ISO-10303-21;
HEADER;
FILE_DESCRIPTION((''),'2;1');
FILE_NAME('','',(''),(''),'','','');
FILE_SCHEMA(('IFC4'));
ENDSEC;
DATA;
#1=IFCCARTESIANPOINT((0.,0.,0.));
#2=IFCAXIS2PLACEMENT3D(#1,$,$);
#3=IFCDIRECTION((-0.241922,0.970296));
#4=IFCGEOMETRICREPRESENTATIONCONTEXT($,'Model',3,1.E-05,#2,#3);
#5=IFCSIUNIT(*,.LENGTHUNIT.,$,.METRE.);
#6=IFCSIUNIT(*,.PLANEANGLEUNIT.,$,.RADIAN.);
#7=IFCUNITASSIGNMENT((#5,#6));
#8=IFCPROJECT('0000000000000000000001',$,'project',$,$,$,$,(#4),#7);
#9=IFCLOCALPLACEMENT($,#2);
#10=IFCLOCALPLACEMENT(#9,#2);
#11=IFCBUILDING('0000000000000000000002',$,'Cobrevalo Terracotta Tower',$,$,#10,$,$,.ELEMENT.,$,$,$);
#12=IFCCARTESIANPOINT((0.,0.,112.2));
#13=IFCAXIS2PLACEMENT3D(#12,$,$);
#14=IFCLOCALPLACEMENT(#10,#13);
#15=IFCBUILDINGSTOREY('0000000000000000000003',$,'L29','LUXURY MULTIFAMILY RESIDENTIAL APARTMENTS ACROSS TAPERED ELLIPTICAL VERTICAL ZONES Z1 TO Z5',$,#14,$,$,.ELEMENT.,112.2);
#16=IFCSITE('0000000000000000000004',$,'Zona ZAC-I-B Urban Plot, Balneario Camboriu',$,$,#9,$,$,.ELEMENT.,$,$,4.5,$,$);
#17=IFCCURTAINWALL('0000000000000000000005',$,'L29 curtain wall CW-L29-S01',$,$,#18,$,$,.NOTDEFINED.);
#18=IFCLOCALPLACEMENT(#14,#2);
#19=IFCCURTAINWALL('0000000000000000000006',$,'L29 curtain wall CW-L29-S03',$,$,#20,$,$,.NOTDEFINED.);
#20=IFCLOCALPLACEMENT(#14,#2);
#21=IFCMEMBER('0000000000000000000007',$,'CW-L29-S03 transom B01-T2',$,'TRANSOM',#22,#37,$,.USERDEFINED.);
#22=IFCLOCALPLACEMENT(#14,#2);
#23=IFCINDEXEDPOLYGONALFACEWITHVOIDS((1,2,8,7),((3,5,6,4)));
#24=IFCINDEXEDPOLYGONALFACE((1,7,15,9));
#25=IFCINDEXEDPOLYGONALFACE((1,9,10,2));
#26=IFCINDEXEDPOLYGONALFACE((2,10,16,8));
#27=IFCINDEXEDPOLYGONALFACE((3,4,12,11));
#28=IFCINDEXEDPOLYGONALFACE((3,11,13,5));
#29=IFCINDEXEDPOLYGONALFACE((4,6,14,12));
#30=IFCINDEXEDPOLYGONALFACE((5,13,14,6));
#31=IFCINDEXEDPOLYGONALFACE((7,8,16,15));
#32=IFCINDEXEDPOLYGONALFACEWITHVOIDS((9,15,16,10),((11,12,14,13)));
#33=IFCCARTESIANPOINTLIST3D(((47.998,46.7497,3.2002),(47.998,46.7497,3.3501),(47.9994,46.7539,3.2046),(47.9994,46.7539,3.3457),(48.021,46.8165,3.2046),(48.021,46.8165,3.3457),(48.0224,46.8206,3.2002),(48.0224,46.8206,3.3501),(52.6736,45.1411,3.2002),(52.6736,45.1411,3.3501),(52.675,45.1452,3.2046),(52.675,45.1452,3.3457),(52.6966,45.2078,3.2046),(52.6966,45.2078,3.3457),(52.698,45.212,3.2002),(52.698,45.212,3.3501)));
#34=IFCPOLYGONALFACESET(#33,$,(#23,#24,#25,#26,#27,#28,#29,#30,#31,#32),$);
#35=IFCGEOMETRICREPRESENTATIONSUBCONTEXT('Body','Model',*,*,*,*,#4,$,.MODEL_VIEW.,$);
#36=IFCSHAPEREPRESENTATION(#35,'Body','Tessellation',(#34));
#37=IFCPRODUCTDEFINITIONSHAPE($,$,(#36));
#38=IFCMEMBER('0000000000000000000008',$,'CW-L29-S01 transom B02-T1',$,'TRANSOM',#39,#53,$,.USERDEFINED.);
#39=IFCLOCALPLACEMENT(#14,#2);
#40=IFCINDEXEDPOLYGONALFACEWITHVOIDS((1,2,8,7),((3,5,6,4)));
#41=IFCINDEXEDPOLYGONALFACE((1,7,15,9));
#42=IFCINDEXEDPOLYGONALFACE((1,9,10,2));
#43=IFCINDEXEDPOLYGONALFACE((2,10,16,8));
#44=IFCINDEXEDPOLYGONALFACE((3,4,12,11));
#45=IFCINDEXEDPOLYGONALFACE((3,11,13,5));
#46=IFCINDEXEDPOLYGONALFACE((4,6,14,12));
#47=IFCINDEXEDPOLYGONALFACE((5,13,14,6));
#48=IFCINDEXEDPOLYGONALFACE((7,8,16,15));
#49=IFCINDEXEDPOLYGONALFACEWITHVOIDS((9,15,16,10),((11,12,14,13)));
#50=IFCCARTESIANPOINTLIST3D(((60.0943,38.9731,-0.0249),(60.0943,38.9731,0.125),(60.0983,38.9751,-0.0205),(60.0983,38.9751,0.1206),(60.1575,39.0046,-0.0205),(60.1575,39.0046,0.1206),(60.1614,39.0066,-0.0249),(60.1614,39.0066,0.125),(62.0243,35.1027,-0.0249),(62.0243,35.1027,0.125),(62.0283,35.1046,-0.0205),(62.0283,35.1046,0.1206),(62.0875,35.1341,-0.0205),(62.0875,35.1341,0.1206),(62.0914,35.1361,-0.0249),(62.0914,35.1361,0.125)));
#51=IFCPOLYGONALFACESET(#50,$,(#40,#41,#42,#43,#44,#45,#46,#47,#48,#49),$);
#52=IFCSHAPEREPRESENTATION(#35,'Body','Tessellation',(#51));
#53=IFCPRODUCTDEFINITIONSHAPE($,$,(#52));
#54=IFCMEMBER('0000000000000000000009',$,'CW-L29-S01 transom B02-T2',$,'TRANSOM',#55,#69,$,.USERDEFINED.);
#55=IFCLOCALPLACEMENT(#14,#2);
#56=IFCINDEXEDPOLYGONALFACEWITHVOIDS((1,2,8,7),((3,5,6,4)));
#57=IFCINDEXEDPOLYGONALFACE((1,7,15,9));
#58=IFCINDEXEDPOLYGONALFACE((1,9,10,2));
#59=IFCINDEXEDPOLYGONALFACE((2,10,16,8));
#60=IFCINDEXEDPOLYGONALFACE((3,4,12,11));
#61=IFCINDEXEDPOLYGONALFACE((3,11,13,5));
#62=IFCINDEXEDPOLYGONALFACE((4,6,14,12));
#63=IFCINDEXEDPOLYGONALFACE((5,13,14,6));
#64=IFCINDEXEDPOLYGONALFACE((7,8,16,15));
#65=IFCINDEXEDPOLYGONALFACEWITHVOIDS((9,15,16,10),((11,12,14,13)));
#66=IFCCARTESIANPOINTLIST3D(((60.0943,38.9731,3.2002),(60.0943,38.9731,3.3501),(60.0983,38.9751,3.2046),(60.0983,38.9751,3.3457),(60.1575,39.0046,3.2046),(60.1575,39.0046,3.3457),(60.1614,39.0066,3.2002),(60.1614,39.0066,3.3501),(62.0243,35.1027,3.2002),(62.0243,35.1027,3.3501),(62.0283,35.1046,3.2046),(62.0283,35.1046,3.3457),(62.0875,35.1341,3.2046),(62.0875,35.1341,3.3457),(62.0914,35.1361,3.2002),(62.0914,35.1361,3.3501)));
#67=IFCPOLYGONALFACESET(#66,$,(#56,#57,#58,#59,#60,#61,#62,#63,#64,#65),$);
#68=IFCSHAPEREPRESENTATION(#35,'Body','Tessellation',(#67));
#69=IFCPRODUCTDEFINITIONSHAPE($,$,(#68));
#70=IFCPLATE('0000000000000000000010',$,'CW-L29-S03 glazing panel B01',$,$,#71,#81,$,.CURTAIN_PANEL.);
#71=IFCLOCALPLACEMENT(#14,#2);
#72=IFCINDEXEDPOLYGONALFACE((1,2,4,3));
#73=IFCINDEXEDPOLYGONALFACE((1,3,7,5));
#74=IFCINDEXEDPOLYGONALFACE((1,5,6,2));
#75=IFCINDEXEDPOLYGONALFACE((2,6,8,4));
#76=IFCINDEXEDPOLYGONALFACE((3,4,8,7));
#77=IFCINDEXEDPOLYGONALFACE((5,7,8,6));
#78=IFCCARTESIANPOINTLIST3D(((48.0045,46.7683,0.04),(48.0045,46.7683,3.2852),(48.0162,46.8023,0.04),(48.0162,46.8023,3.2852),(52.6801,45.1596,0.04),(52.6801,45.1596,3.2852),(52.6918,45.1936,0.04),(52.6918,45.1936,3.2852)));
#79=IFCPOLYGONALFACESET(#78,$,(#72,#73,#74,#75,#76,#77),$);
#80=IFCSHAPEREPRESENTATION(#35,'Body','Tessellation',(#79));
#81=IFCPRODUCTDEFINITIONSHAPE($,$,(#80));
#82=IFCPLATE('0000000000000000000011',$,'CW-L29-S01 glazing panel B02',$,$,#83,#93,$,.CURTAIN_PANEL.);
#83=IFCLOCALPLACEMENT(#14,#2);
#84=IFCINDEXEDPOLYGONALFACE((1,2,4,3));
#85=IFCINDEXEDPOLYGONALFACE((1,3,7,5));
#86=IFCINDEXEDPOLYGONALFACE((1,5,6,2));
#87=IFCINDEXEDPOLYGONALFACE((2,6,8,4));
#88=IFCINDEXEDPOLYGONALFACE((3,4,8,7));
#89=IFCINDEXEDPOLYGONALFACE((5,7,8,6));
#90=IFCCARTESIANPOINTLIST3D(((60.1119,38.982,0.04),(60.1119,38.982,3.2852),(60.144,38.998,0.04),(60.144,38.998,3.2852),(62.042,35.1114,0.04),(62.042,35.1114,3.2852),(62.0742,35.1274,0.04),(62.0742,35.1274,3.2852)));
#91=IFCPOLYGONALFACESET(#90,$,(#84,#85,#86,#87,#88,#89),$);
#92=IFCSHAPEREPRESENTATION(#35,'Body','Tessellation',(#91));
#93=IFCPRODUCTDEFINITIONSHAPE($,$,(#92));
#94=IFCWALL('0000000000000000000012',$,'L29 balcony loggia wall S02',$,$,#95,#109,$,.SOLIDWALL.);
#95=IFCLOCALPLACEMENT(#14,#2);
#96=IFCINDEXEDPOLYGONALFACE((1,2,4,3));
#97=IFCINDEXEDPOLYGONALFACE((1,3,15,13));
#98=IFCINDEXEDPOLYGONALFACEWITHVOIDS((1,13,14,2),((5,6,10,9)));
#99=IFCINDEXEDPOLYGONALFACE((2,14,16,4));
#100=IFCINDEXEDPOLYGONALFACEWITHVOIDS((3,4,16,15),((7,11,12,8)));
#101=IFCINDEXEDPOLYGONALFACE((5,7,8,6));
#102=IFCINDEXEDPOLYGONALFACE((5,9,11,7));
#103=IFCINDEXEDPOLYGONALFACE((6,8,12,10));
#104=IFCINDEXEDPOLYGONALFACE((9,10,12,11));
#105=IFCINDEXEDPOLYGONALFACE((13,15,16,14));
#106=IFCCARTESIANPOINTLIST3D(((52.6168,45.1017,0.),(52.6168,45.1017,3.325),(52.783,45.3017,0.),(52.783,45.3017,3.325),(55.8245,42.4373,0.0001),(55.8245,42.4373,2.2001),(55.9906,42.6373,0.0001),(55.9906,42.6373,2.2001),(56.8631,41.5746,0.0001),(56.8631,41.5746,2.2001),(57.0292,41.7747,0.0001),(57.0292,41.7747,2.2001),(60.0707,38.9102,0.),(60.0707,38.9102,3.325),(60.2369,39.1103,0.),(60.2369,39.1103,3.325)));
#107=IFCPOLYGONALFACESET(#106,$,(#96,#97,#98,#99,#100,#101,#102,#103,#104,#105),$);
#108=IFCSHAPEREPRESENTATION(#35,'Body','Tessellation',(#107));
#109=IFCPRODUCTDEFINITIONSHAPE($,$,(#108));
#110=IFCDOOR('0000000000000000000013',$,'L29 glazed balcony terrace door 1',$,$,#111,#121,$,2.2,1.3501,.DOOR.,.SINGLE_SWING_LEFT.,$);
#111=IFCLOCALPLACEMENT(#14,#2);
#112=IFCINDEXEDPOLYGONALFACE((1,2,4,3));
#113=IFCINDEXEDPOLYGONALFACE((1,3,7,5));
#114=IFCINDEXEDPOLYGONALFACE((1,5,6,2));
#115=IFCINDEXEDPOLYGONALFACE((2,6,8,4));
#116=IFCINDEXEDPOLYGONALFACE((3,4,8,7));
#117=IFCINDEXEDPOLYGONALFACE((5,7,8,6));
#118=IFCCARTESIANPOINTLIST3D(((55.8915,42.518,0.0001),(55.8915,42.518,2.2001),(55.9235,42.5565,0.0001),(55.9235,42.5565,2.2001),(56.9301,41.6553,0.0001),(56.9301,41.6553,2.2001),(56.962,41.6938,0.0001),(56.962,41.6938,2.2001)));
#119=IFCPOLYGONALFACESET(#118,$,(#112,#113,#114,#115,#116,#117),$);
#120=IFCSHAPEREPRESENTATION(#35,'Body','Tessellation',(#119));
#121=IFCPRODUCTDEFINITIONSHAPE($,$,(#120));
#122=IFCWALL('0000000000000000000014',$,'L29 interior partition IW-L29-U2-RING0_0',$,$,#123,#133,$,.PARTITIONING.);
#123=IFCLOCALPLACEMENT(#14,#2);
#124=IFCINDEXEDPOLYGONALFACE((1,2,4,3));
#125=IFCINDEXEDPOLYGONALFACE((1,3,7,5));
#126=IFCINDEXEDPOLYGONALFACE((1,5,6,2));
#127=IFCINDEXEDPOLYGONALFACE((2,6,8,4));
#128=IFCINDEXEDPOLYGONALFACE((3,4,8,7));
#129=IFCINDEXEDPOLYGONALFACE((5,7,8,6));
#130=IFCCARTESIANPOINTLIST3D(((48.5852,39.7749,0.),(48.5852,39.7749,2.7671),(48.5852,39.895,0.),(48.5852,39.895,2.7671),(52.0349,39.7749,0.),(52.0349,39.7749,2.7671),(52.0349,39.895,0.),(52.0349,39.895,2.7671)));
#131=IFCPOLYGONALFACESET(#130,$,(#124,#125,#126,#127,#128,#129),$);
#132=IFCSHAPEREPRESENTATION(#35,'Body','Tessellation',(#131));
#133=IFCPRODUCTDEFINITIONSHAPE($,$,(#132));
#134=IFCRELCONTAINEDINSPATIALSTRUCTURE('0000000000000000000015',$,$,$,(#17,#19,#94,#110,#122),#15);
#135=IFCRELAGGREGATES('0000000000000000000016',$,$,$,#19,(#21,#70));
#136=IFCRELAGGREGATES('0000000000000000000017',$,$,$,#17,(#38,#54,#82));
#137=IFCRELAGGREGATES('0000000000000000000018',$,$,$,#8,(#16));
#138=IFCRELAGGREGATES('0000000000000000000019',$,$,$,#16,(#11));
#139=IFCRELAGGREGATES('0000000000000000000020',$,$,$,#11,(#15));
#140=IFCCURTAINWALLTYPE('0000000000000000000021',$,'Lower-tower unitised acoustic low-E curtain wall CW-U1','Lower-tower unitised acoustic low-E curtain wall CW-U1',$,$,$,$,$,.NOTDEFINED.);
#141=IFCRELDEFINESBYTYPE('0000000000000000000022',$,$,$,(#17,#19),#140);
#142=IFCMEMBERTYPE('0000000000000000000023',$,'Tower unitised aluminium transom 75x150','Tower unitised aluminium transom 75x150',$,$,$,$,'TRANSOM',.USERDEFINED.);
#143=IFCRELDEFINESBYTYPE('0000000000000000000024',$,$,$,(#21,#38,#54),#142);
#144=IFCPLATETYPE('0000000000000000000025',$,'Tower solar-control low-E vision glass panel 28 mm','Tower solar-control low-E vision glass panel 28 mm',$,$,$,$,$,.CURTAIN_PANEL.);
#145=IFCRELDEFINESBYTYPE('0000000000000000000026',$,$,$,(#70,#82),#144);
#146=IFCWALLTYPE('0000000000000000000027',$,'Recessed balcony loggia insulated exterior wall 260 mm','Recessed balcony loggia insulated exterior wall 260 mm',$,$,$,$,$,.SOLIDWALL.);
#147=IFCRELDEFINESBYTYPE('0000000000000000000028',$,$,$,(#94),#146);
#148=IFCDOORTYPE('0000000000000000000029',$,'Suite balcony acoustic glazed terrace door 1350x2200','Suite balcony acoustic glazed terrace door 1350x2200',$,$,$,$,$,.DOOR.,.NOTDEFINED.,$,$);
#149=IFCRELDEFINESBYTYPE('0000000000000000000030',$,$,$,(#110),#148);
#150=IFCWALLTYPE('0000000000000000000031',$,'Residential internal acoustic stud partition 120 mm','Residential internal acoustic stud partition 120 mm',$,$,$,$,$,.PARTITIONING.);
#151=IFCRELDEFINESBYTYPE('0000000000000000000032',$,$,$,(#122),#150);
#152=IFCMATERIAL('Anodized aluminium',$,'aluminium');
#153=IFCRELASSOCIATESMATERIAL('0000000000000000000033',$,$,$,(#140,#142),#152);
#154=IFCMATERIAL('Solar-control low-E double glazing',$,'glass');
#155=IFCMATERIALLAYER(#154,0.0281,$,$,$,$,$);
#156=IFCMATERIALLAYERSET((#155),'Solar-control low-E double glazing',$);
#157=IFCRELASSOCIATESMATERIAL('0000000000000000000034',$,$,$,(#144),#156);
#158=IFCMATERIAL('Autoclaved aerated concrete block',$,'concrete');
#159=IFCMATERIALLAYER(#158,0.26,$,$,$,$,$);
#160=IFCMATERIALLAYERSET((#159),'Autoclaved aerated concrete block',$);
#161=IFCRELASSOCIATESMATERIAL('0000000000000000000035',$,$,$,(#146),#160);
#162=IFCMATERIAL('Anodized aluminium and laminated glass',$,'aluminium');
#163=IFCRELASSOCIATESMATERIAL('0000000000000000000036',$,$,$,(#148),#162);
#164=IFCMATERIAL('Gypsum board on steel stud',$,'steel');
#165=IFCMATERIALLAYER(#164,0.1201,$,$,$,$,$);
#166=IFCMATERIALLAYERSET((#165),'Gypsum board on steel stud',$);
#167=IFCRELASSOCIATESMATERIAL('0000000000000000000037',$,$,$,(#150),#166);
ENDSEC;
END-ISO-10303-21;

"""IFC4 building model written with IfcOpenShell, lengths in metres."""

from ifc_helpers import new_model, si_unit, direction, frame, frame_2d, origin, origin_2d, place, context, subcontext, project, spatial, rectangle, hollow_rectangle, extrude, source, transform, mapped, material, layer, layer_set, material_profile, profile_set, type_object, element, fill, aggregate, save


model = new_model("IFC4")

# Units and contexts
model_context = context("Model", 3, precision=1e-05, world=origin(), true_north=direction((-0.241922, 0.970296)))
body_context = subcontext(model_context, "Body", "Model", "MODEL_VIEW")
ifc_project = project(units=[si_unit("LENGTHUNIT", "METRE"), si_unit("PLANEANGLEUNIT", "RADIAN")], contexts=[model_context])

# Site, building, storey
site_placement = place(None, origin())
site = spatial("IfcSite", under=ifc_project, at=site_placement, Name="Zona ZAC-I-B Urban Plot, Balneario Camboriu", CompositionType="ELEMENT", RefElevation=4.5)
building_placement = place(site_placement, origin())
building = spatial("IfcBuilding", under=site, at=building_placement, Name="Cobrevalo Terracotta Tower", CompositionType="ELEMENT")
storey_placement = place(building_placement, frame((0.0, 0.0, 112.2)))
storey = spatial("IfcBuildingStorey", under=building, at=storey_placement, Name="L29", Description="LUXURY MULTIFAMILY RESIDENTIAL APARTMENTS ACROSS TAPERED ELLIPTICAL VERTICAL ZONES Z1 TO Z5", CompositionType="ELEMENT", Elevation=112.2)

# Curtain wall
ifc_material_1 = material(Name="Anodized aluminium", Category="aluminium")
curtain_wall_type = type_object("IfcCurtainWallType", Name="Lower-tower unitised acoustic low-E curtain wall CW-U1", Description="Lower-tower unitised acoustic low-E curtain wall CW-U1", PredefinedType="NOTDEFINED", material=ifc_material_1)
curtain_wall_1_placement = place(storey_placement, origin())
curtain_wall_1 = element("IfcCurtainWall", 1, at=curtain_wall_1_placement, inside=storey, type_object=curtain_wall_type, Name="L29 curtain wall CW-L29-S01", PredefinedType="NOTDEFINED")

# Curtain wall, member
curtain_wall_2_placement = place(storey_placement, origin())
curtain_wall_2 = element("IfcCurtainWall", 2, at=curtain_wall_2_placement, inside=storey, type_object=curtain_wall_type, Name="L29 curtain wall CW-L29-S03", PredefinedType="NOTDEFINED")
ifc_material_profile_1 = material_profile(ifc_material_1, hollow_rectangle(XDim=0.075, YDim=0.1499, WallThickness=0.0044, at=origin_2d()), Name="CWT 75x150")
ifc_profile_set_1 = profile_set([ifc_material_profile_1], Name="Anodized aluminium")
member_type_1 = type_object("IfcMemberType", Name="Tower unitised aluminium transom 75x150", Description="Tower unitised aluminium transom 75x150", ElementType="TRANSOM", PredefinedType="USERDEFINED", material=ifc_profile_set_1)
shared_shape_1 = source(origin(), body_context, "Body", "SweptSolid", [
    extrude(hollow_rectangle(XDim=0.075, YDim=0.1499, WallThickness=0.0044, at=origin_2d()), origin(), (0.0, 0.0, 1.0), 4.9446),
])
member_1_placement = place(storey_placement, frame((52.6858, 45.1765, 3.2751), z_axis=(-0.945598, 0.325338, 0.0), x_axis=(-0.325338, -0.945598, 0.0)))
member_1 = element("IfcMember", 3, at=member_1_placement, type_object=member_type_1, Name="CW-L29-S03 transom B01-T2", ObjectType="TRANSOM", PredefinedType="USERDEFINED", context=body_context, shape_type="MappedRepresentation", body=[
    mapped(shared_shape_1, transform((0.0, 0.0, 0.0), scale=1.0)),
])

# Members
shared_shape_2 = source(origin(), body_context, "Body", "SweptSolid", [
    extrude(hollow_rectangle(XDim=0.075, YDim=0.1499, WallThickness=0.0044, at=origin_2d()), origin(), (0.0, 0.0, 1.0), 4.325),
])
member_2_placement = place(storey_placement, frame((62.0579, 35.1194, 0.05), z_axis=(-0.446242, 0.894912, 0.0), x_axis=(-0.894912, -0.446242, 0.0)))
member_2 = element("IfcMember", 4, at=member_2_placement, type_object=member_type_1, Name="CW-L29-S01 transom B02-T1", ObjectType="TRANSOM", PredefinedType="USERDEFINED", context=body_context, shape_type="MappedRepresentation", body=[
    mapped(shared_shape_2, transform((0.0, 0.0, 0.0), scale=1.0)),
])
member_3_placement = place(storey_placement, frame((62.0579, 35.1194, 3.2751), z_axis=(-0.446242, 0.894912, 0.0), x_axis=(-0.894912, -0.446242, 0.0)))
member_3 = element("IfcMember", 5, at=member_3_placement, type_object=member_type_1, Name="CW-L29-S01 transom B02-T2", ObjectType="TRANSOM", PredefinedType="USERDEFINED", context=body_context, shape_type="MappedRepresentation", body=[
    mapped(shared_shape_2, transform((0.0, 0.0, 0.0), scale=1.0)),
])

# Plates
ifc_material_2 = material(Name="Solar-control low-E double glazing", Category="glass")
ifc_layer_1 = layer(ifc_material_2, 0.0281)
ifc_layer_set_1 = layer_set([ifc_layer_1], Name="Solar-control low-E double glazing")
plate_type = type_object("IfcPlateType", Name="Tower solar-control low-E vision glass panel 28 mm", Description="Tower solar-control low-E vision glass panel 28 mm", PredefinedType="CURTAIN_PANEL", material=ifc_layer_set_1)
shared_shape_3 = source(origin(), body_context, "Body", "SweptSolid", [
    extrude(rectangle(XDim=4.9446, YDim=0.0359, at=origin_2d()), origin(), (0.0, 0.0, 1.0), 3.2451),
])
plate_1_placement = place(storey_placement, frame((50.3481, 45.981, 0.04), z_axis=(0.0, 0.0, 1.0), x_axis=(-0.945596, 0.325342, 0.0)))
plate_1 = element("IfcPlate", 6, at=plate_1_placement, type_object=plate_type, Name="CW-L29-S03 glazing panel B01", PredefinedType="CURTAIN_PANEL", context=body_context, shape_type="MappedRepresentation", body=[
    mapped(shared_shape_3, transform((0.0, 0.0, 0.0), scale=1.0)),
])
aggregate(curtain_wall_2, [member_1, plate_1])
shared_shape_4 = source(origin(), body_context, "Body", "SweptSolid", [
    extrude(rectangle(XDim=4.3252, YDim=0.0359, at=origin_2d()), origin(), (0.0, 0.0, 1.0), 3.2451),
])
plate_2_placement = place(storey_placement, frame((61.093, 37.0547, 0.04), z_axis=(0.0, 0.0, 1.0), x_axis=(-0.446262, 0.894902, 0.0)))
plate_2 = element("IfcPlate", 7, at=plate_2_placement, type_object=plate_type, Name="CW-L29-S01 glazing panel B02", PredefinedType="CURTAIN_PANEL", context=body_context, shape_type="MappedRepresentation", body=[
    mapped(shared_shape_4, transform((0.0, 0.0, 0.0), scale=1.0)),
])
aggregate(curtain_wall_1, [member_2, member_3, plate_2])

# Wall, opening, door
ifc_material_3 = material(Name="Autoclaved aerated concrete block", Category="concrete")
ifc_layer_2 = layer(ifc_material_3, 0.26)
ifc_layer_set_2 = layer_set([ifc_layer_2], Name="Autoclaved aerated concrete block")
wall_type_1 = type_object("IfcWallType", Name="Recessed balcony loggia insulated exterior wall 260 mm", Description="Recessed balcony loggia insulated exterior wall 260 mm", PredefinedType="SOLIDWALL", material=ifc_layer_set_2)
wall_1_placement = place(storey_placement, frame((60.1538, 39.0103, 0.0), z_axis=(0.0, 0.0, 1.0), x_axis=(-0.769243, 0.638957, 0.0)))
wall_1 = element("IfcWall", 8, at=wall_1_placement, inside=storey, type_object=wall_type_1, Name="L29 balcony loggia wall S02", PredefinedType="SOLIDWALL", context=body_context, shape_type="SweptSolid", body=[
    extrude(rectangle(XDim=9.6899, YDim=0.26, at=frame_2d((4.845, 0.0))), origin(), (0.0, 0.0, 1.0), 3.325),
])
opening_1_placement = place(wall_1_placement, frame((4.1699, 0.0, 0.0)))
opening_1 = element("IfcOpeningElement", 9, at=opening_1_placement, cuts=wall_1, PredefinedType="OPENING", context=body_context, shape_type="SweptSolid", body=[
    extrude(rectangle(XDim=1.3501, YDim=2.2, at=frame_2d((0.675, 1.1001))), frame((0.0, 0.1401, 0.0), z_axis=(0.0, -1.0, 0.0), x_axis=(1.0, 0.0, 0.0)), (0.0, 0.0, 1.0), 0.28),
])
ifc_material_4 = material(Name="Anodized aluminium and laminated glass", Category="aluminium")
door_type_1 = type_object("IfcDoorType", Name="Suite balcony acoustic glazed terrace door 1350x2200", Description="Suite balcony acoustic glazed terrace door 1350x2200", OperationType="NOTDEFINED", PredefinedType="DOOR", material=ifc_material_4)
shared_shape_5 = source(origin(), body_context, "Body", "SweptSolid", [
    extrude(rectangle(XDim=1.3501, YDim=2.2, at=frame_2d((0.675, 1.1001))), frame((0.0, 0.0249, 0.0), z_axis=(0.0, -1.0, 0.0), x_axis=(1.0, 0.0, 0.0)), (0.0, 0.0, 1.0), 0.05),
])
door_1_placement = place(opening_1_placement, frame((1.3501, 0.0, 0.0), z_axis=(0.0, 0.0, 1.0), x_axis=(-1.0, 0.0, 0.0)))
door_1 = element("IfcDoor", 10, at=door_1_placement, inside=storey, type_object=door_type_1, Name="L29 glazed balcony terrace door 1", OperationType="SINGLE_SWING_LEFT", OverallHeight=2.2, OverallWidth=1.3501, PredefinedType="DOOR", context=body_context, shape_type="MappedRepresentation", body=[
    mapped(shared_shape_5, transform((0.0, 0.0, 0.0), scale=1.0)),
])
fill(opening_1, door_1)

# Wall
ifc_material_5 = material(Name="Gypsum board on steel stud", Category="steel")
ifc_layer_3 = layer(ifc_material_5, 0.1201)
ifc_layer_set_3 = layer_set([ifc_layer_3], Name="Gypsum board on steel stud")
wall_type_2 = type_object("IfcWallType", Name="Residential internal acoustic stud partition 120 mm", Description="Residential internal acoustic stud partition 120 mm", PredefinedType="PARTITIONING", material=ifc_layer_set_3)
wall_2_placement = place(storey_placement, frame((48.5852, 39.835, 0.0), z_axis=(0.0, 0.0, 1.0), x_axis=(1.0, 0.0, 0.0)))
element("IfcWall", 11, at=wall_2_placement, inside=storey, type_object=wall_type_2, Name="L29 interior partition IW-L29-U2-RING0_0", PredefinedType="PARTITIONING", context=body_context, shape_type="SweptSolid", body=[
    extrude(rectangle(XDim=3.4497, YDim=0.1201, at=frame_2d((1.7249, 0.0))), origin(), (0.0, 0.0, 1.0), 2.7671),
])

save(model, "model.ifc")
